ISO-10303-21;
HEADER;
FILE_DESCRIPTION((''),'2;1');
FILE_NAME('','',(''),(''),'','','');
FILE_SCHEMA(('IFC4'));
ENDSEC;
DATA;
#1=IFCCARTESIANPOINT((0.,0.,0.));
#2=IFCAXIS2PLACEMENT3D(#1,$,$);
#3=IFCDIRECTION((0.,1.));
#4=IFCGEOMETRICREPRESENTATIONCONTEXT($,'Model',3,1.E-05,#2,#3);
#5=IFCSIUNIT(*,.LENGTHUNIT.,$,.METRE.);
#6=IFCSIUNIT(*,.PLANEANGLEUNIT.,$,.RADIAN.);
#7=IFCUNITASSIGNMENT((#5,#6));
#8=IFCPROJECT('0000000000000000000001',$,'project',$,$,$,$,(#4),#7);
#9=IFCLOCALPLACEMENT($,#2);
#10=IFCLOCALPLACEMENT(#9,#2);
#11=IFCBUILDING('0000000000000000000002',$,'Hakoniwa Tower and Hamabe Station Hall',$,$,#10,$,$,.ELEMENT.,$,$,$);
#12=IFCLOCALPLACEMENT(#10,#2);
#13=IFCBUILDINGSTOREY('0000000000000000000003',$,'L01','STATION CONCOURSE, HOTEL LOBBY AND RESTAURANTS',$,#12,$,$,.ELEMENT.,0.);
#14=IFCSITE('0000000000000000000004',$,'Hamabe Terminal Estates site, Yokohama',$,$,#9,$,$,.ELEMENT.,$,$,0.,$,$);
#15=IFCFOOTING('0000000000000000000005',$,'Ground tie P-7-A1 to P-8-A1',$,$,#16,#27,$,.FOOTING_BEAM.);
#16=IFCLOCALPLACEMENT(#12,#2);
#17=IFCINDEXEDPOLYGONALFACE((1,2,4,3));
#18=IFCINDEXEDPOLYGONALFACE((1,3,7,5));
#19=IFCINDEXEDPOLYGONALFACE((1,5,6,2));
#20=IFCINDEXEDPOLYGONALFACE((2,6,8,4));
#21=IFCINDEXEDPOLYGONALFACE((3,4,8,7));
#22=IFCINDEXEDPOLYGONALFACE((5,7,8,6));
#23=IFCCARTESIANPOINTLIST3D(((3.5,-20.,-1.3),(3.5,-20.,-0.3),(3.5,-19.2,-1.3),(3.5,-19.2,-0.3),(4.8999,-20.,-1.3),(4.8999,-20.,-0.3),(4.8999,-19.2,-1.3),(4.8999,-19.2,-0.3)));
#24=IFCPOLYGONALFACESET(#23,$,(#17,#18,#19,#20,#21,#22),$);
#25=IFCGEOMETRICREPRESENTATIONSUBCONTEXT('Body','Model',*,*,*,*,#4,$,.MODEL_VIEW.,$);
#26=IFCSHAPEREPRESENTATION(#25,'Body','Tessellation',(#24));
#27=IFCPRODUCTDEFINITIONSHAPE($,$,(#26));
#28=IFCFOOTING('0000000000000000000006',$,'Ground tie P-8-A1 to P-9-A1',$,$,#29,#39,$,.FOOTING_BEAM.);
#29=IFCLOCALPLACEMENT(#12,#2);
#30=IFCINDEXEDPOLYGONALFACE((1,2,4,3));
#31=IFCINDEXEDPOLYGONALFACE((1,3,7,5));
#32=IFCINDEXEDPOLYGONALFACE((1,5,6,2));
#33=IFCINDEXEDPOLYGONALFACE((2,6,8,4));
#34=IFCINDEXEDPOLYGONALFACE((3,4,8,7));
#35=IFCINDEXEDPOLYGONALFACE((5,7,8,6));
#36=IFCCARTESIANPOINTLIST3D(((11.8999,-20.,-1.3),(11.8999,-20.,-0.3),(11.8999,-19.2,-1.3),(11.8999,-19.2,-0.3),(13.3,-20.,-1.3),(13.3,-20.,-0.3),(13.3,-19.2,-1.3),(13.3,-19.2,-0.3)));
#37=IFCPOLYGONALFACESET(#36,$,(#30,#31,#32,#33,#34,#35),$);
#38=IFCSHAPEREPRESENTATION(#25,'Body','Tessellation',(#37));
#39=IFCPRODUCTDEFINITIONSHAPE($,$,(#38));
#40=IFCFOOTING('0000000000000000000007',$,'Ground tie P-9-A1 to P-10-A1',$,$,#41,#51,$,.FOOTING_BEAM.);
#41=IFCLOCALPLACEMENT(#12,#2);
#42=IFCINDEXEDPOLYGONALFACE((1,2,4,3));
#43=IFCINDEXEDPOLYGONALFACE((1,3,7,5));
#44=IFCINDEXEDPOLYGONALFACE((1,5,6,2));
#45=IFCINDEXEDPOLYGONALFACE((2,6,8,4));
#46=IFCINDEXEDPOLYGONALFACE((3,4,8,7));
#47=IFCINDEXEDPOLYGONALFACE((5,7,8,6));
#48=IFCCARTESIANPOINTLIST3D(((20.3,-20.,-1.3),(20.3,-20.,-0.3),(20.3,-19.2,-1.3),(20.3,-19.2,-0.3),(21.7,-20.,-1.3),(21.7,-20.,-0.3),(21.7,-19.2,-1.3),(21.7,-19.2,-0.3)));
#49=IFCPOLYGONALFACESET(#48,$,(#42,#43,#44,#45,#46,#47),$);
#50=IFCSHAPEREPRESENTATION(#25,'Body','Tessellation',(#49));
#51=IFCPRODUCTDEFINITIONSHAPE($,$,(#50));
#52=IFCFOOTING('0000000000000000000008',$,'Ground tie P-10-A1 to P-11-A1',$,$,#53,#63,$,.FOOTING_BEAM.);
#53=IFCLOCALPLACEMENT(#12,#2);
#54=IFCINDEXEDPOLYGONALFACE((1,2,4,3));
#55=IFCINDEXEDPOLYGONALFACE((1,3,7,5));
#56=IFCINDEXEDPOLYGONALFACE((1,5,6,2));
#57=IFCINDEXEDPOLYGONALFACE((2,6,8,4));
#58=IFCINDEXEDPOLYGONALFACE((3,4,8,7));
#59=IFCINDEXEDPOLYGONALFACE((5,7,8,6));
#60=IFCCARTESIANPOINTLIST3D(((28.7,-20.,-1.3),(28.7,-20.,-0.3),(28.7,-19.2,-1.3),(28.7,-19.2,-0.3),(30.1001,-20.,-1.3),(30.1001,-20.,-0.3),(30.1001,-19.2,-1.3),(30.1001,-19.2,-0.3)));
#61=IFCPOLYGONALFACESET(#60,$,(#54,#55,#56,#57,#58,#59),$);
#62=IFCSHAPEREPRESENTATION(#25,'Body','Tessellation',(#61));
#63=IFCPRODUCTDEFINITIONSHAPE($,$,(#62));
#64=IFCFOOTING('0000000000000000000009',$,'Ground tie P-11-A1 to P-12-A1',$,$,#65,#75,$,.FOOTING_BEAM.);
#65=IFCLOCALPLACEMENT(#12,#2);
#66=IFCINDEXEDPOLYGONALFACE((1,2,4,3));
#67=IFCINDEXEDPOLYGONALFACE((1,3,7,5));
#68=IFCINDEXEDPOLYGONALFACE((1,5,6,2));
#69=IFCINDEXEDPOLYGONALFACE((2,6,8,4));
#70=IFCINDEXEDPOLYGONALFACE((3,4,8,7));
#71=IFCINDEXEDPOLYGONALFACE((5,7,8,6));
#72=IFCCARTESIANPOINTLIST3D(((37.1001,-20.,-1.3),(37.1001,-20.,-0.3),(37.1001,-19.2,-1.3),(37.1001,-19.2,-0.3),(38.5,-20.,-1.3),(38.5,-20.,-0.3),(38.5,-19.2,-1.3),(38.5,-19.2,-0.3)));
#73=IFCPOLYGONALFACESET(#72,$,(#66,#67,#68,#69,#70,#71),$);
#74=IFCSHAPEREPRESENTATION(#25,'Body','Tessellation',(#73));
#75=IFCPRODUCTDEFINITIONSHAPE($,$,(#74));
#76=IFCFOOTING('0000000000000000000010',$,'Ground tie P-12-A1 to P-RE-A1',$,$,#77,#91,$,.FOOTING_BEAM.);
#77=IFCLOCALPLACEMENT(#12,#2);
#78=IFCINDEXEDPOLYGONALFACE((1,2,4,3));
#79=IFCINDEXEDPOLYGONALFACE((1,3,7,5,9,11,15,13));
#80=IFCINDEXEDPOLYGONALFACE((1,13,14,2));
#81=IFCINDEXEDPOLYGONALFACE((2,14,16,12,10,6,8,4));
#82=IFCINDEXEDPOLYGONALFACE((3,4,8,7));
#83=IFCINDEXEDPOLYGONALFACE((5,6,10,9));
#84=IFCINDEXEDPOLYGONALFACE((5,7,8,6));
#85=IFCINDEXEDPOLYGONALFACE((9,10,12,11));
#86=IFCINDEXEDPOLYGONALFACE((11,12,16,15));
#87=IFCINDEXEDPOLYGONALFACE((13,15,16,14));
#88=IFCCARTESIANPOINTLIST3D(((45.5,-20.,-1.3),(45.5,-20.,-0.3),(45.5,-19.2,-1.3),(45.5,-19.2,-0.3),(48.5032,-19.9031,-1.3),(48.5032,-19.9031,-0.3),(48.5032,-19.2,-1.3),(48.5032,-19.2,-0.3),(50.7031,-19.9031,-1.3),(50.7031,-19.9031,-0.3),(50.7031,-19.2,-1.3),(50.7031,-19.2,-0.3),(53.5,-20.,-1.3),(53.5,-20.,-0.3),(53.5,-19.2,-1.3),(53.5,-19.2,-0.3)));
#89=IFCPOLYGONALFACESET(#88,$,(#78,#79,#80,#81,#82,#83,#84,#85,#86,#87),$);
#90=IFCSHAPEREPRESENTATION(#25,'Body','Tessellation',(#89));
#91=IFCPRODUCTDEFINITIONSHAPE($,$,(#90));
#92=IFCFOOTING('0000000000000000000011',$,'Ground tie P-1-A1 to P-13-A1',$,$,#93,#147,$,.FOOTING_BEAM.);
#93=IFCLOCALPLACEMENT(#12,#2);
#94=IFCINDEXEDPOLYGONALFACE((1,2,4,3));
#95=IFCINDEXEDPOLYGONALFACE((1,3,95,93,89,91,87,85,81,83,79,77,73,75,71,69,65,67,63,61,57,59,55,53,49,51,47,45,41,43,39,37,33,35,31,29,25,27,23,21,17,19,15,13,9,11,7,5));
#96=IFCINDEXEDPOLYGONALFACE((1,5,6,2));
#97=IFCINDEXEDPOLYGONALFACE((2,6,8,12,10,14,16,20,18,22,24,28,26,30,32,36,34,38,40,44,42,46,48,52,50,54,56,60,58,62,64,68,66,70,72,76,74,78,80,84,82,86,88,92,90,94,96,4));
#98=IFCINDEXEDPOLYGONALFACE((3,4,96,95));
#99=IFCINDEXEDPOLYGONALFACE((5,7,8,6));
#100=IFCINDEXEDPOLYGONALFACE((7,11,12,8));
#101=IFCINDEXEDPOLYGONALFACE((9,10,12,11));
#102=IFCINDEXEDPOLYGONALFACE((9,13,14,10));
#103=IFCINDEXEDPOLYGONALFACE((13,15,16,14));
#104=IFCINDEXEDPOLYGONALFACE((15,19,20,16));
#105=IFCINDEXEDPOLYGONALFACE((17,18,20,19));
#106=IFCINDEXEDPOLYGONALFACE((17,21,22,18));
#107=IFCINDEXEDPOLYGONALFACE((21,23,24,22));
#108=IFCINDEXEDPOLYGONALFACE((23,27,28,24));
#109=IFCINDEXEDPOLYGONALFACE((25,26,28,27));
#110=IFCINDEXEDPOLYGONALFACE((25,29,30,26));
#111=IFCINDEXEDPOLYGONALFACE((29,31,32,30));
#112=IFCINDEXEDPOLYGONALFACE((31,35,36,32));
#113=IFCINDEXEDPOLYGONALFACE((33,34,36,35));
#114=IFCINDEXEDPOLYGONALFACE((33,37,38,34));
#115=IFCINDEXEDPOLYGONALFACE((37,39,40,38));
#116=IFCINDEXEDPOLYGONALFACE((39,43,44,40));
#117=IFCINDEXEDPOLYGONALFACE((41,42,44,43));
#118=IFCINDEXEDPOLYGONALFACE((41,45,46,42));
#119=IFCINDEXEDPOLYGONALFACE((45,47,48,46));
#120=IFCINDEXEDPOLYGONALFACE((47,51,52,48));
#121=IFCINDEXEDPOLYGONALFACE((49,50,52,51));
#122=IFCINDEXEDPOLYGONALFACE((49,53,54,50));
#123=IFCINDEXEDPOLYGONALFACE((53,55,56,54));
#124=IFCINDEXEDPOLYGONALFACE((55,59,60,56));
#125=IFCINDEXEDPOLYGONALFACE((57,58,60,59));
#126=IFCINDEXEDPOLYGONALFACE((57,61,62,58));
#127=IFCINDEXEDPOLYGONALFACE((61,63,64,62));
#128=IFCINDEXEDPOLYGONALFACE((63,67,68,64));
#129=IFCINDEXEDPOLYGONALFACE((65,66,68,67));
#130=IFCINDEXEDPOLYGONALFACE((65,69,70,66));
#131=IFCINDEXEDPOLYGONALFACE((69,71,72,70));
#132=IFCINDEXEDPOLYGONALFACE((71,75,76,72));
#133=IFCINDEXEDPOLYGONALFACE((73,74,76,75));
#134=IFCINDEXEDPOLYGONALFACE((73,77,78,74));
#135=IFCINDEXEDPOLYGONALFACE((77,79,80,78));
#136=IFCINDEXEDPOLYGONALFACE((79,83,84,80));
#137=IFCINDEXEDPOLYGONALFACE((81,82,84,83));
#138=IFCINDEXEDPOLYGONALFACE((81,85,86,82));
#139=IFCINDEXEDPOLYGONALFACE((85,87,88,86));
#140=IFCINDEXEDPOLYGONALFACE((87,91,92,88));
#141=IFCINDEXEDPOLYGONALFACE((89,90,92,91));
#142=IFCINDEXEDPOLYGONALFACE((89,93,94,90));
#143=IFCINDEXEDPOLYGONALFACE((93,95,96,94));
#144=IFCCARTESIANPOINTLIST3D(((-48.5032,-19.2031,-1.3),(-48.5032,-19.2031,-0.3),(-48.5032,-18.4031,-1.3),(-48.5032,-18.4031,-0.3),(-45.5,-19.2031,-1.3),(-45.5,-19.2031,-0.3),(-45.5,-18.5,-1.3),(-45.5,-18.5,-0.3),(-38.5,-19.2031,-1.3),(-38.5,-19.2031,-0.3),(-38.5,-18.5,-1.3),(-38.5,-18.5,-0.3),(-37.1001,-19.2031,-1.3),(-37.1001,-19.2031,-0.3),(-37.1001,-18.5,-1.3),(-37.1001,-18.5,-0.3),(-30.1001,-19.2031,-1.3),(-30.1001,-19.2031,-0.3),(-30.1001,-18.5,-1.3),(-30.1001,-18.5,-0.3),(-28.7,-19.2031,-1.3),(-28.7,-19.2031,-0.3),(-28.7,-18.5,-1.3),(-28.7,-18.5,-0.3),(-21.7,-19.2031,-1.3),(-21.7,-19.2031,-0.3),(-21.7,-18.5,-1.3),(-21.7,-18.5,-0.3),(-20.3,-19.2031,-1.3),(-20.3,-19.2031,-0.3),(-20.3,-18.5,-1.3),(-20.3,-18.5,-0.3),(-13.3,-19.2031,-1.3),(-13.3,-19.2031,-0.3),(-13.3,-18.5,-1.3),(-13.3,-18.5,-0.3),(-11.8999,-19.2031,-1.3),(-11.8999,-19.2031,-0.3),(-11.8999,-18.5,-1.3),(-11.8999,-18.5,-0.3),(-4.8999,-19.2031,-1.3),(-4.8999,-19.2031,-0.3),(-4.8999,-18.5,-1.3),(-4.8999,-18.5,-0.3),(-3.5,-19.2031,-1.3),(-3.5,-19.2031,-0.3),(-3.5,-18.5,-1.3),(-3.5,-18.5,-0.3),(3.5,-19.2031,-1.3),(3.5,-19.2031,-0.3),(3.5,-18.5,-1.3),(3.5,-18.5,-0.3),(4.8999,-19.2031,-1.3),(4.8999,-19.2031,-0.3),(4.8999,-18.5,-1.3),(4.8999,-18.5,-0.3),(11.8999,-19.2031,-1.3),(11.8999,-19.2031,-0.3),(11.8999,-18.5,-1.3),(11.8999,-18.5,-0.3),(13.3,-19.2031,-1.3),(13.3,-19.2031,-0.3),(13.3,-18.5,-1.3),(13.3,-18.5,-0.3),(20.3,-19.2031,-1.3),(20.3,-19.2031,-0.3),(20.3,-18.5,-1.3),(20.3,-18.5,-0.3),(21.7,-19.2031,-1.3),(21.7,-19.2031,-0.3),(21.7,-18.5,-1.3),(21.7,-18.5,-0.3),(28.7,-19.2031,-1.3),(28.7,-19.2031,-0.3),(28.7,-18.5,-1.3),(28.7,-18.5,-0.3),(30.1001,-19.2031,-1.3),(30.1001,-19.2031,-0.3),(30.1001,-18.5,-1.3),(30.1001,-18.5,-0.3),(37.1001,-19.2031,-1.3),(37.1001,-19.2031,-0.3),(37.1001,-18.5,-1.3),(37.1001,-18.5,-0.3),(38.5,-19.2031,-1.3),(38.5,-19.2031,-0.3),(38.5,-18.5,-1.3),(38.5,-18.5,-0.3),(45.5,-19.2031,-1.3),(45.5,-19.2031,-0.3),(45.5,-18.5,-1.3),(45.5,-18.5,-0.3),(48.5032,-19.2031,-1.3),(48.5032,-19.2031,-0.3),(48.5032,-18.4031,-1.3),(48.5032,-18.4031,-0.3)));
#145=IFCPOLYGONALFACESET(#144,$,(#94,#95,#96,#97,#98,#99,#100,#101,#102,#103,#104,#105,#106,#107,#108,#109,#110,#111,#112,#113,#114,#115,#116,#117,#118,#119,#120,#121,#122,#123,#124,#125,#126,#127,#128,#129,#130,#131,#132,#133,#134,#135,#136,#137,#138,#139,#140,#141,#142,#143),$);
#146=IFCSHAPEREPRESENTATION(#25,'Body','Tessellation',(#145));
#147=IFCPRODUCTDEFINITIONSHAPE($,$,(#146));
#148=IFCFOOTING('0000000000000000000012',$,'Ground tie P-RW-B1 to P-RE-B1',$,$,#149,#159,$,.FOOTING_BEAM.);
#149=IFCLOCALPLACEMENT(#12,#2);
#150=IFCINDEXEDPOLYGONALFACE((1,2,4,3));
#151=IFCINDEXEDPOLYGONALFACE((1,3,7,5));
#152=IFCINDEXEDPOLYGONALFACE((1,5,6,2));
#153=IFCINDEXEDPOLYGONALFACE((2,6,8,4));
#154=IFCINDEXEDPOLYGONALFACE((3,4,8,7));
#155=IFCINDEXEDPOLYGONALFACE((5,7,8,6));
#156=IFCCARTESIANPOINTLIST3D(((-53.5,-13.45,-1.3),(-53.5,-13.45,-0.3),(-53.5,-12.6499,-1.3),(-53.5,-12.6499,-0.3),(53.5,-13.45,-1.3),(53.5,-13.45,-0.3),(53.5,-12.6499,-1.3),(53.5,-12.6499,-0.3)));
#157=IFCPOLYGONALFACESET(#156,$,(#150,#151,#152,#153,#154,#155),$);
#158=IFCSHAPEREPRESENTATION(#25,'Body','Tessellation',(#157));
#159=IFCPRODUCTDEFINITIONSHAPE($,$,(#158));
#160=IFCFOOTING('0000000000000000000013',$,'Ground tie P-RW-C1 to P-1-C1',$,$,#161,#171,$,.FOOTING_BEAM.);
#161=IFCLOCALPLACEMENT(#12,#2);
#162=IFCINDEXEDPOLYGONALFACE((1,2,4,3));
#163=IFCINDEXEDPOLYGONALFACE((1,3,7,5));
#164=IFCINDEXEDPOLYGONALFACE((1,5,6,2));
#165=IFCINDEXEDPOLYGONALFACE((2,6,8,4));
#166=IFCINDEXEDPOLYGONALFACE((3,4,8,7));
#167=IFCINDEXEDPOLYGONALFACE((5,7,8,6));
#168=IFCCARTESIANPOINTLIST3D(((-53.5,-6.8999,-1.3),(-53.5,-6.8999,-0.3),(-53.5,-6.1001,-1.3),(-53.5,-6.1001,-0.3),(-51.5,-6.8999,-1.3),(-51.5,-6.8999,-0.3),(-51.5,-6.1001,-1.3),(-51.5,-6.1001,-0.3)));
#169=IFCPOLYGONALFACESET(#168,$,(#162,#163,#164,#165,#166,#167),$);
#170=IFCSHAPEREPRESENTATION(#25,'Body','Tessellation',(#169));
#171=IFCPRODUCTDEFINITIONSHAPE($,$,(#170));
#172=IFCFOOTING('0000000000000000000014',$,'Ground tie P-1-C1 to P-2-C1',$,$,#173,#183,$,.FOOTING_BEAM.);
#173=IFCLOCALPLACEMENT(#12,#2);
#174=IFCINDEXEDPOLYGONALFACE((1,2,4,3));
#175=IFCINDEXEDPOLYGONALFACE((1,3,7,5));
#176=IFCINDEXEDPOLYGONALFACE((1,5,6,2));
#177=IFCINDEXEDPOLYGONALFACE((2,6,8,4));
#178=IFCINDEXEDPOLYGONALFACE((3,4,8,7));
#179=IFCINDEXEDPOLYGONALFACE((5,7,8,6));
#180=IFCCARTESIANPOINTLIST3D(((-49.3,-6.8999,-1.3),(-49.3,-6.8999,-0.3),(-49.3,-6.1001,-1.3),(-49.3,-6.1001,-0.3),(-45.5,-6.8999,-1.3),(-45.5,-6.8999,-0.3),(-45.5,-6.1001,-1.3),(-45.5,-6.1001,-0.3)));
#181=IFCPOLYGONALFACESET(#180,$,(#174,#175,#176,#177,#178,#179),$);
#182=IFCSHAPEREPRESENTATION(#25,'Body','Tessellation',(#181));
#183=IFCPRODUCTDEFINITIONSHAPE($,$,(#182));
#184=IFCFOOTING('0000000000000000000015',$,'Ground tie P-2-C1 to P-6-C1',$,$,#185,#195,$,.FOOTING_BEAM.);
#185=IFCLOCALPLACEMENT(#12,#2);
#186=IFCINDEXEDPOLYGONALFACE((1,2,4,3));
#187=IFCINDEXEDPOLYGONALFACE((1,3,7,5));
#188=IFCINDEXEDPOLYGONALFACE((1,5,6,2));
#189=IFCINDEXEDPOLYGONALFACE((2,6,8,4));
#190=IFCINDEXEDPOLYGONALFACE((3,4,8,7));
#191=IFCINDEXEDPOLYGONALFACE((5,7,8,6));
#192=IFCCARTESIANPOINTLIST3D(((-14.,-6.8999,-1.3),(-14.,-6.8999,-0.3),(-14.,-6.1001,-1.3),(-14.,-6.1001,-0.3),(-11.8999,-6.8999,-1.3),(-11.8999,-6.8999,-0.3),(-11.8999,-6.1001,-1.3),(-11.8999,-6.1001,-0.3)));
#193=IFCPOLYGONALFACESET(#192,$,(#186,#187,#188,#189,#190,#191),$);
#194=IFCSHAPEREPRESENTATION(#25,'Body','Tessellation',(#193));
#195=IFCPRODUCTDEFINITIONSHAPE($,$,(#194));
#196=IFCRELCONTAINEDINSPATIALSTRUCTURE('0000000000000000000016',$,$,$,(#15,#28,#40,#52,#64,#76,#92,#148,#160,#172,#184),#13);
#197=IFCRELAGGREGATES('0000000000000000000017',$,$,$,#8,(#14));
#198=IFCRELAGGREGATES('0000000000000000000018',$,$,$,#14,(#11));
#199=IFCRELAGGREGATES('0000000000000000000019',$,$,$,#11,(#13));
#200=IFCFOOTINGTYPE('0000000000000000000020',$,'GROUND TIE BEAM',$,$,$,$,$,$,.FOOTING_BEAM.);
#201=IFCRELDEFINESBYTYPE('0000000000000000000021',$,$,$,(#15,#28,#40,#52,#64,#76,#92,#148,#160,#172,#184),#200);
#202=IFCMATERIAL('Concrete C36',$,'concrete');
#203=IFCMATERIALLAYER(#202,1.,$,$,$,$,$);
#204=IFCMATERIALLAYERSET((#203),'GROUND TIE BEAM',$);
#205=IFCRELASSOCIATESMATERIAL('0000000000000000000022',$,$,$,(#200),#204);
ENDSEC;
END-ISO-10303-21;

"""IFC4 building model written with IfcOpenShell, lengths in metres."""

from ifc_helpers import new_model, si_unit, direction, frame, origin, place, context, subcontext, project, spatial, polyline, outline, extrude, material, layer, layer_set, type_object, element, save


model = new_model("IFC4")

# Units and contexts
model_context = context("Model", 3, precision=1e-05, world=origin(), true_north=direction((0.0, 1.0)))
body_context = subcontext(model_context, "Body", "Model", "MODEL_VIEW")
ifc_project = project(units=[si_unit("LENGTHUNIT", "METRE"), si_unit("PLANEANGLEUNIT", "RADIAN")], contexts=[model_context])

# Site, building, storey
site_placement = place(None, origin())
site = spatial("IfcSite", under=ifc_project, at=site_placement, Name="Hamabe Terminal Estates site, Yokohama", CompositionType="ELEMENT", RefElevation=0.0)
building_placement = place(site_placement, origin())
building = spatial("IfcBuilding", under=site, at=building_placement, Name="Hakoniwa Tower and Hamabe Station Hall", CompositionType="ELEMENT")
storey_placement = place(building_placement, origin())
storey = spatial("IfcBuildingStorey", under=building, at=storey_placement, Name="L01", Description="STATION CONCOURSE, HOTEL LOBBY AND RESTAURANTS", CompositionType="ELEMENT", Elevation=0.0)

# Footings
ifc_material = material(Name="Concrete C36", Category="concrete")
ifc_layer = layer(ifc_material, 1.0)
ifc_layer_set = layer_set([ifc_layer], Name="GROUND TIE BEAM")
footing_type = type_object("IfcFootingType", Name="GROUND TIE BEAM", PredefinedType="FOOTING_BEAM", material=ifc_layer_set)
footing_1_placement = place(storey_placement, frame((0.0, 0.0, -1.3)))
element("IfcFooting", 1, at=footing_1_placement, inside=storey, type_object=footing_type, Name="Ground tie P-7-A1 to P-8-A1", PredefinedType="FOOTING_BEAM", context=body_context, shape_type="SweptSolid", body=[
    extrude(outline(polyline([(3.5, -19.2), (3.5, -20.0), (4.8999, -20.0), (4.8999, -19.2), (3.5, -19.2)])), origin(), (0.0, 0.0, 1.0), 1.0),
])
footing_2_placement = place(storey_placement, frame((0.0, 0.0, -1.3)))
element("IfcFooting", 2, at=footing_2_placement, inside=storey, type_object=footing_type, Name="Ground tie P-8-A1 to P-9-A1", PredefinedType="FOOTING_BEAM", context=body_context, shape_type="SweptSolid", body=[
    extrude(outline(polyline([(11.8999, -19.2), (11.8999, -20.0), (13.3, -20.0), (13.3, -19.2), (11.8999, -19.2)])), origin(), (0.0, 0.0, 1.0), 1.0),
])
footing_3_placement = place(storey_placement, frame((0.0, 0.0, -1.3)))
element("IfcFooting", 3, at=footing_3_placement, inside=storey, type_object=footing_type, Name="Ground tie P-9-A1 to P-10-A1", PredefinedType="FOOTING_BEAM", context=body_context, shape_type="SweptSolid", body=[
    extrude(outline(polyline([(20.3, -19.2), (20.3, -20.0), (21.7, -20.0), (21.7, -19.2), (20.3, -19.2)])), origin(), (0.0, 0.0, 1.0), 1.0),
])
footing_4_placement = place(storey_placement, frame((0.0, 0.0, -1.3)))
element("IfcFooting", 4, at=footing_4_placement, inside=storey, type_object=footing_type, Name="Ground tie P-10-A1 to P-11-A1", PredefinedType="FOOTING_BEAM", context=body_context, shape_type="SweptSolid", body=[
    extrude(outline(polyline([(28.7, -19.2), (28.7, -20.0), (30.1001, -20.0), (30.1001, -19.2), (28.7, -19.2)])), origin(), (0.0, 0.0, 1.0), 1.0),
])
footing_5_placement = place(storey_placement, frame((0.0, 0.0, -1.3)))
element("IfcFooting", 5, at=footing_5_placement, inside=storey, type_object=footing_type, Name="Ground tie P-11-A1 to P-12-A1", PredefinedType="FOOTING_BEAM", context=body_context, shape_type="SweptSolid", body=[
    extrude(outline(polyline([(37.1001, -19.2), (37.1001, -20.0), (38.5, -20.0), (38.5, -19.2), (37.1001, -19.2)])), origin(), (0.0, 0.0, 1.0), 1.0),
])
footing_6_placement = place(storey_placement, frame((0.0, 0.0, -1.3)))
element("IfcFooting", 6, at=footing_6_placement, inside=storey, type_object=footing_type, Name="Ground tie P-12-A1 to P-RE-A1", PredefinedType="FOOTING_BEAM", context=body_context, shape_type="SweptSolid", body=[
    extrude(outline(polyline([(45.5, -19.2), (45.5, -20.0), (53.5, -20.0), (53.5, -19.2), (50.7031, -19.2), (50.7031, -19.9031), (48.5032, -19.9031), (48.5032, -19.2), (45.5, -19.2)])), origin(), (0.0, 0.0, 1.0), 1.0),
])
footing_7_placement = place(storey_placement, frame((0.0, 0.0, -1.3)))
element("IfcFooting", 7, at=footing_7_placement, inside=storey, type_object=footing_type, Name="Ground tie P-1-A1 to P-13-A1", PredefinedType="FOOTING_BEAM", context=body_context, shape_type="SweptSolid", body=[
    extrude(outline(polyline([(-30.1001, -18.5), (-30.1001, -19.2031), (-28.7, -19.2031), (-28.7, -18.5), (-21.7, -18.5), (-21.7, -19.2031), (-20.3, -19.2031), (-20.3, -18.5), (-13.3, -18.5), (-13.3, -19.2031), (-11.8999, -19.2031), (-11.8999, -18.5), (-4.8999, -18.5), (-4.8999, -19.2031), (-3.5, -19.2031), (-3.5, -18.5), (3.5, -18.5), (3.5, -19.2031), (4.8999, -19.2031), (4.8999, -18.5), (11.8999, -18.5), (11.8999, -19.2031), (13.3, -19.2031), (13.3, -18.5), (20.3, -18.5), (20.3, -19.2031), (21.7, -19.2031), (21.7, -18.5), (28.7, -18.5), (28.7, -19.2031), (30.1001, -19.2031), (30.1001, -18.5), (37.1001, -18.5), (37.1001, -19.2031), (38.5, -19.2031), (38.5, -18.5), (45.5, -18.5), (45.5, -19.2031), (48.5032, -19.2031), (48.5032, -18.4031), (-48.5032, -18.4031), (-48.5032, -19.2031), (-45.5, -19.2031), (-45.5, -18.5), (-38.5, -18.5), (-38.5, -19.2031), (-37.1001, -19.2031), (-37.1001, -18.5), (-30.1001, -18.5)])), origin(), (0.0, 0.0, 1.0), 1.0),
])
footing_8_placement = place(storey_placement, frame((0.0, 0.0, -1.3)))
element("IfcFooting", 8, at=footing_8_placement, inside=storey, type_object=footing_type, Name="Ground tie P-RW-B1 to P-RE-B1", PredefinedType="FOOTING_BEAM", context=body_context, shape_type="SweptSolid", body=[
    extrude(outline(polyline([(-53.5, -12.6499), (-53.5, -13.45), (53.5, -13.45), (53.5, -12.6499), (-53.5, -12.6499)])), origin(), (0.0, 0.0, 1.0), 1.0),
])
footing_9_placement = place(storey_placement, frame((0.0, 0.0, -1.3)))
element("IfcFooting", 9, at=footing_9_placement, inside=storey, type_object=footing_type, Name="Ground tie P-RW-C1 to P-1-C1", PredefinedType="FOOTING_BEAM", context=body_context, shape_type="SweptSolid", body=[
    extrude(outline(polyline([(-53.5, -6.1001), (-53.5, -6.8999), (-51.5, -6.8999), (-51.5, -6.1001), (-53.5, -6.1001)])), origin(), (0.0, 0.0, 1.0), 1.0),
])
footing_10_placement = place(storey_placement, frame((0.0, 0.0, -1.3)))
element("IfcFooting", 10, at=footing_10_placement, inside=storey, type_object=footing_type, Name="Ground tie P-1-C1 to P-2-C1", PredefinedType="FOOTING_BEAM", context=body_context, shape_type="SweptSolid", body=[
    extrude(outline(polyline([(-49.3, -6.1001), (-49.3, -6.8999), (-45.5, -6.8999), (-45.5, -6.1001), (-49.3, -6.1001)])), origin(), (0.0, 0.0, 1.0), 1.0),
])
footing_11_placement = place(storey_placement, frame((0.0, 0.0, -1.3)))
element("IfcFooting", 11, at=footing_11_placement, inside=storey, type_object=footing_type, Name="Ground tie P-2-C1 to P-6-C1", PredefinedType="FOOTING_BEAM", context=body_context, shape_type="SweptSolid", body=[
    extrude(outline(polyline([(-11.8999, -6.8999), (-11.8999, -6.1001), (-14.0, -6.1001), (-14.0, -6.8999), (-11.8999, -6.8999)])), origin(), (0.0, 0.0, 1.0), 1.0),
])

save(model, "model.ifc")
